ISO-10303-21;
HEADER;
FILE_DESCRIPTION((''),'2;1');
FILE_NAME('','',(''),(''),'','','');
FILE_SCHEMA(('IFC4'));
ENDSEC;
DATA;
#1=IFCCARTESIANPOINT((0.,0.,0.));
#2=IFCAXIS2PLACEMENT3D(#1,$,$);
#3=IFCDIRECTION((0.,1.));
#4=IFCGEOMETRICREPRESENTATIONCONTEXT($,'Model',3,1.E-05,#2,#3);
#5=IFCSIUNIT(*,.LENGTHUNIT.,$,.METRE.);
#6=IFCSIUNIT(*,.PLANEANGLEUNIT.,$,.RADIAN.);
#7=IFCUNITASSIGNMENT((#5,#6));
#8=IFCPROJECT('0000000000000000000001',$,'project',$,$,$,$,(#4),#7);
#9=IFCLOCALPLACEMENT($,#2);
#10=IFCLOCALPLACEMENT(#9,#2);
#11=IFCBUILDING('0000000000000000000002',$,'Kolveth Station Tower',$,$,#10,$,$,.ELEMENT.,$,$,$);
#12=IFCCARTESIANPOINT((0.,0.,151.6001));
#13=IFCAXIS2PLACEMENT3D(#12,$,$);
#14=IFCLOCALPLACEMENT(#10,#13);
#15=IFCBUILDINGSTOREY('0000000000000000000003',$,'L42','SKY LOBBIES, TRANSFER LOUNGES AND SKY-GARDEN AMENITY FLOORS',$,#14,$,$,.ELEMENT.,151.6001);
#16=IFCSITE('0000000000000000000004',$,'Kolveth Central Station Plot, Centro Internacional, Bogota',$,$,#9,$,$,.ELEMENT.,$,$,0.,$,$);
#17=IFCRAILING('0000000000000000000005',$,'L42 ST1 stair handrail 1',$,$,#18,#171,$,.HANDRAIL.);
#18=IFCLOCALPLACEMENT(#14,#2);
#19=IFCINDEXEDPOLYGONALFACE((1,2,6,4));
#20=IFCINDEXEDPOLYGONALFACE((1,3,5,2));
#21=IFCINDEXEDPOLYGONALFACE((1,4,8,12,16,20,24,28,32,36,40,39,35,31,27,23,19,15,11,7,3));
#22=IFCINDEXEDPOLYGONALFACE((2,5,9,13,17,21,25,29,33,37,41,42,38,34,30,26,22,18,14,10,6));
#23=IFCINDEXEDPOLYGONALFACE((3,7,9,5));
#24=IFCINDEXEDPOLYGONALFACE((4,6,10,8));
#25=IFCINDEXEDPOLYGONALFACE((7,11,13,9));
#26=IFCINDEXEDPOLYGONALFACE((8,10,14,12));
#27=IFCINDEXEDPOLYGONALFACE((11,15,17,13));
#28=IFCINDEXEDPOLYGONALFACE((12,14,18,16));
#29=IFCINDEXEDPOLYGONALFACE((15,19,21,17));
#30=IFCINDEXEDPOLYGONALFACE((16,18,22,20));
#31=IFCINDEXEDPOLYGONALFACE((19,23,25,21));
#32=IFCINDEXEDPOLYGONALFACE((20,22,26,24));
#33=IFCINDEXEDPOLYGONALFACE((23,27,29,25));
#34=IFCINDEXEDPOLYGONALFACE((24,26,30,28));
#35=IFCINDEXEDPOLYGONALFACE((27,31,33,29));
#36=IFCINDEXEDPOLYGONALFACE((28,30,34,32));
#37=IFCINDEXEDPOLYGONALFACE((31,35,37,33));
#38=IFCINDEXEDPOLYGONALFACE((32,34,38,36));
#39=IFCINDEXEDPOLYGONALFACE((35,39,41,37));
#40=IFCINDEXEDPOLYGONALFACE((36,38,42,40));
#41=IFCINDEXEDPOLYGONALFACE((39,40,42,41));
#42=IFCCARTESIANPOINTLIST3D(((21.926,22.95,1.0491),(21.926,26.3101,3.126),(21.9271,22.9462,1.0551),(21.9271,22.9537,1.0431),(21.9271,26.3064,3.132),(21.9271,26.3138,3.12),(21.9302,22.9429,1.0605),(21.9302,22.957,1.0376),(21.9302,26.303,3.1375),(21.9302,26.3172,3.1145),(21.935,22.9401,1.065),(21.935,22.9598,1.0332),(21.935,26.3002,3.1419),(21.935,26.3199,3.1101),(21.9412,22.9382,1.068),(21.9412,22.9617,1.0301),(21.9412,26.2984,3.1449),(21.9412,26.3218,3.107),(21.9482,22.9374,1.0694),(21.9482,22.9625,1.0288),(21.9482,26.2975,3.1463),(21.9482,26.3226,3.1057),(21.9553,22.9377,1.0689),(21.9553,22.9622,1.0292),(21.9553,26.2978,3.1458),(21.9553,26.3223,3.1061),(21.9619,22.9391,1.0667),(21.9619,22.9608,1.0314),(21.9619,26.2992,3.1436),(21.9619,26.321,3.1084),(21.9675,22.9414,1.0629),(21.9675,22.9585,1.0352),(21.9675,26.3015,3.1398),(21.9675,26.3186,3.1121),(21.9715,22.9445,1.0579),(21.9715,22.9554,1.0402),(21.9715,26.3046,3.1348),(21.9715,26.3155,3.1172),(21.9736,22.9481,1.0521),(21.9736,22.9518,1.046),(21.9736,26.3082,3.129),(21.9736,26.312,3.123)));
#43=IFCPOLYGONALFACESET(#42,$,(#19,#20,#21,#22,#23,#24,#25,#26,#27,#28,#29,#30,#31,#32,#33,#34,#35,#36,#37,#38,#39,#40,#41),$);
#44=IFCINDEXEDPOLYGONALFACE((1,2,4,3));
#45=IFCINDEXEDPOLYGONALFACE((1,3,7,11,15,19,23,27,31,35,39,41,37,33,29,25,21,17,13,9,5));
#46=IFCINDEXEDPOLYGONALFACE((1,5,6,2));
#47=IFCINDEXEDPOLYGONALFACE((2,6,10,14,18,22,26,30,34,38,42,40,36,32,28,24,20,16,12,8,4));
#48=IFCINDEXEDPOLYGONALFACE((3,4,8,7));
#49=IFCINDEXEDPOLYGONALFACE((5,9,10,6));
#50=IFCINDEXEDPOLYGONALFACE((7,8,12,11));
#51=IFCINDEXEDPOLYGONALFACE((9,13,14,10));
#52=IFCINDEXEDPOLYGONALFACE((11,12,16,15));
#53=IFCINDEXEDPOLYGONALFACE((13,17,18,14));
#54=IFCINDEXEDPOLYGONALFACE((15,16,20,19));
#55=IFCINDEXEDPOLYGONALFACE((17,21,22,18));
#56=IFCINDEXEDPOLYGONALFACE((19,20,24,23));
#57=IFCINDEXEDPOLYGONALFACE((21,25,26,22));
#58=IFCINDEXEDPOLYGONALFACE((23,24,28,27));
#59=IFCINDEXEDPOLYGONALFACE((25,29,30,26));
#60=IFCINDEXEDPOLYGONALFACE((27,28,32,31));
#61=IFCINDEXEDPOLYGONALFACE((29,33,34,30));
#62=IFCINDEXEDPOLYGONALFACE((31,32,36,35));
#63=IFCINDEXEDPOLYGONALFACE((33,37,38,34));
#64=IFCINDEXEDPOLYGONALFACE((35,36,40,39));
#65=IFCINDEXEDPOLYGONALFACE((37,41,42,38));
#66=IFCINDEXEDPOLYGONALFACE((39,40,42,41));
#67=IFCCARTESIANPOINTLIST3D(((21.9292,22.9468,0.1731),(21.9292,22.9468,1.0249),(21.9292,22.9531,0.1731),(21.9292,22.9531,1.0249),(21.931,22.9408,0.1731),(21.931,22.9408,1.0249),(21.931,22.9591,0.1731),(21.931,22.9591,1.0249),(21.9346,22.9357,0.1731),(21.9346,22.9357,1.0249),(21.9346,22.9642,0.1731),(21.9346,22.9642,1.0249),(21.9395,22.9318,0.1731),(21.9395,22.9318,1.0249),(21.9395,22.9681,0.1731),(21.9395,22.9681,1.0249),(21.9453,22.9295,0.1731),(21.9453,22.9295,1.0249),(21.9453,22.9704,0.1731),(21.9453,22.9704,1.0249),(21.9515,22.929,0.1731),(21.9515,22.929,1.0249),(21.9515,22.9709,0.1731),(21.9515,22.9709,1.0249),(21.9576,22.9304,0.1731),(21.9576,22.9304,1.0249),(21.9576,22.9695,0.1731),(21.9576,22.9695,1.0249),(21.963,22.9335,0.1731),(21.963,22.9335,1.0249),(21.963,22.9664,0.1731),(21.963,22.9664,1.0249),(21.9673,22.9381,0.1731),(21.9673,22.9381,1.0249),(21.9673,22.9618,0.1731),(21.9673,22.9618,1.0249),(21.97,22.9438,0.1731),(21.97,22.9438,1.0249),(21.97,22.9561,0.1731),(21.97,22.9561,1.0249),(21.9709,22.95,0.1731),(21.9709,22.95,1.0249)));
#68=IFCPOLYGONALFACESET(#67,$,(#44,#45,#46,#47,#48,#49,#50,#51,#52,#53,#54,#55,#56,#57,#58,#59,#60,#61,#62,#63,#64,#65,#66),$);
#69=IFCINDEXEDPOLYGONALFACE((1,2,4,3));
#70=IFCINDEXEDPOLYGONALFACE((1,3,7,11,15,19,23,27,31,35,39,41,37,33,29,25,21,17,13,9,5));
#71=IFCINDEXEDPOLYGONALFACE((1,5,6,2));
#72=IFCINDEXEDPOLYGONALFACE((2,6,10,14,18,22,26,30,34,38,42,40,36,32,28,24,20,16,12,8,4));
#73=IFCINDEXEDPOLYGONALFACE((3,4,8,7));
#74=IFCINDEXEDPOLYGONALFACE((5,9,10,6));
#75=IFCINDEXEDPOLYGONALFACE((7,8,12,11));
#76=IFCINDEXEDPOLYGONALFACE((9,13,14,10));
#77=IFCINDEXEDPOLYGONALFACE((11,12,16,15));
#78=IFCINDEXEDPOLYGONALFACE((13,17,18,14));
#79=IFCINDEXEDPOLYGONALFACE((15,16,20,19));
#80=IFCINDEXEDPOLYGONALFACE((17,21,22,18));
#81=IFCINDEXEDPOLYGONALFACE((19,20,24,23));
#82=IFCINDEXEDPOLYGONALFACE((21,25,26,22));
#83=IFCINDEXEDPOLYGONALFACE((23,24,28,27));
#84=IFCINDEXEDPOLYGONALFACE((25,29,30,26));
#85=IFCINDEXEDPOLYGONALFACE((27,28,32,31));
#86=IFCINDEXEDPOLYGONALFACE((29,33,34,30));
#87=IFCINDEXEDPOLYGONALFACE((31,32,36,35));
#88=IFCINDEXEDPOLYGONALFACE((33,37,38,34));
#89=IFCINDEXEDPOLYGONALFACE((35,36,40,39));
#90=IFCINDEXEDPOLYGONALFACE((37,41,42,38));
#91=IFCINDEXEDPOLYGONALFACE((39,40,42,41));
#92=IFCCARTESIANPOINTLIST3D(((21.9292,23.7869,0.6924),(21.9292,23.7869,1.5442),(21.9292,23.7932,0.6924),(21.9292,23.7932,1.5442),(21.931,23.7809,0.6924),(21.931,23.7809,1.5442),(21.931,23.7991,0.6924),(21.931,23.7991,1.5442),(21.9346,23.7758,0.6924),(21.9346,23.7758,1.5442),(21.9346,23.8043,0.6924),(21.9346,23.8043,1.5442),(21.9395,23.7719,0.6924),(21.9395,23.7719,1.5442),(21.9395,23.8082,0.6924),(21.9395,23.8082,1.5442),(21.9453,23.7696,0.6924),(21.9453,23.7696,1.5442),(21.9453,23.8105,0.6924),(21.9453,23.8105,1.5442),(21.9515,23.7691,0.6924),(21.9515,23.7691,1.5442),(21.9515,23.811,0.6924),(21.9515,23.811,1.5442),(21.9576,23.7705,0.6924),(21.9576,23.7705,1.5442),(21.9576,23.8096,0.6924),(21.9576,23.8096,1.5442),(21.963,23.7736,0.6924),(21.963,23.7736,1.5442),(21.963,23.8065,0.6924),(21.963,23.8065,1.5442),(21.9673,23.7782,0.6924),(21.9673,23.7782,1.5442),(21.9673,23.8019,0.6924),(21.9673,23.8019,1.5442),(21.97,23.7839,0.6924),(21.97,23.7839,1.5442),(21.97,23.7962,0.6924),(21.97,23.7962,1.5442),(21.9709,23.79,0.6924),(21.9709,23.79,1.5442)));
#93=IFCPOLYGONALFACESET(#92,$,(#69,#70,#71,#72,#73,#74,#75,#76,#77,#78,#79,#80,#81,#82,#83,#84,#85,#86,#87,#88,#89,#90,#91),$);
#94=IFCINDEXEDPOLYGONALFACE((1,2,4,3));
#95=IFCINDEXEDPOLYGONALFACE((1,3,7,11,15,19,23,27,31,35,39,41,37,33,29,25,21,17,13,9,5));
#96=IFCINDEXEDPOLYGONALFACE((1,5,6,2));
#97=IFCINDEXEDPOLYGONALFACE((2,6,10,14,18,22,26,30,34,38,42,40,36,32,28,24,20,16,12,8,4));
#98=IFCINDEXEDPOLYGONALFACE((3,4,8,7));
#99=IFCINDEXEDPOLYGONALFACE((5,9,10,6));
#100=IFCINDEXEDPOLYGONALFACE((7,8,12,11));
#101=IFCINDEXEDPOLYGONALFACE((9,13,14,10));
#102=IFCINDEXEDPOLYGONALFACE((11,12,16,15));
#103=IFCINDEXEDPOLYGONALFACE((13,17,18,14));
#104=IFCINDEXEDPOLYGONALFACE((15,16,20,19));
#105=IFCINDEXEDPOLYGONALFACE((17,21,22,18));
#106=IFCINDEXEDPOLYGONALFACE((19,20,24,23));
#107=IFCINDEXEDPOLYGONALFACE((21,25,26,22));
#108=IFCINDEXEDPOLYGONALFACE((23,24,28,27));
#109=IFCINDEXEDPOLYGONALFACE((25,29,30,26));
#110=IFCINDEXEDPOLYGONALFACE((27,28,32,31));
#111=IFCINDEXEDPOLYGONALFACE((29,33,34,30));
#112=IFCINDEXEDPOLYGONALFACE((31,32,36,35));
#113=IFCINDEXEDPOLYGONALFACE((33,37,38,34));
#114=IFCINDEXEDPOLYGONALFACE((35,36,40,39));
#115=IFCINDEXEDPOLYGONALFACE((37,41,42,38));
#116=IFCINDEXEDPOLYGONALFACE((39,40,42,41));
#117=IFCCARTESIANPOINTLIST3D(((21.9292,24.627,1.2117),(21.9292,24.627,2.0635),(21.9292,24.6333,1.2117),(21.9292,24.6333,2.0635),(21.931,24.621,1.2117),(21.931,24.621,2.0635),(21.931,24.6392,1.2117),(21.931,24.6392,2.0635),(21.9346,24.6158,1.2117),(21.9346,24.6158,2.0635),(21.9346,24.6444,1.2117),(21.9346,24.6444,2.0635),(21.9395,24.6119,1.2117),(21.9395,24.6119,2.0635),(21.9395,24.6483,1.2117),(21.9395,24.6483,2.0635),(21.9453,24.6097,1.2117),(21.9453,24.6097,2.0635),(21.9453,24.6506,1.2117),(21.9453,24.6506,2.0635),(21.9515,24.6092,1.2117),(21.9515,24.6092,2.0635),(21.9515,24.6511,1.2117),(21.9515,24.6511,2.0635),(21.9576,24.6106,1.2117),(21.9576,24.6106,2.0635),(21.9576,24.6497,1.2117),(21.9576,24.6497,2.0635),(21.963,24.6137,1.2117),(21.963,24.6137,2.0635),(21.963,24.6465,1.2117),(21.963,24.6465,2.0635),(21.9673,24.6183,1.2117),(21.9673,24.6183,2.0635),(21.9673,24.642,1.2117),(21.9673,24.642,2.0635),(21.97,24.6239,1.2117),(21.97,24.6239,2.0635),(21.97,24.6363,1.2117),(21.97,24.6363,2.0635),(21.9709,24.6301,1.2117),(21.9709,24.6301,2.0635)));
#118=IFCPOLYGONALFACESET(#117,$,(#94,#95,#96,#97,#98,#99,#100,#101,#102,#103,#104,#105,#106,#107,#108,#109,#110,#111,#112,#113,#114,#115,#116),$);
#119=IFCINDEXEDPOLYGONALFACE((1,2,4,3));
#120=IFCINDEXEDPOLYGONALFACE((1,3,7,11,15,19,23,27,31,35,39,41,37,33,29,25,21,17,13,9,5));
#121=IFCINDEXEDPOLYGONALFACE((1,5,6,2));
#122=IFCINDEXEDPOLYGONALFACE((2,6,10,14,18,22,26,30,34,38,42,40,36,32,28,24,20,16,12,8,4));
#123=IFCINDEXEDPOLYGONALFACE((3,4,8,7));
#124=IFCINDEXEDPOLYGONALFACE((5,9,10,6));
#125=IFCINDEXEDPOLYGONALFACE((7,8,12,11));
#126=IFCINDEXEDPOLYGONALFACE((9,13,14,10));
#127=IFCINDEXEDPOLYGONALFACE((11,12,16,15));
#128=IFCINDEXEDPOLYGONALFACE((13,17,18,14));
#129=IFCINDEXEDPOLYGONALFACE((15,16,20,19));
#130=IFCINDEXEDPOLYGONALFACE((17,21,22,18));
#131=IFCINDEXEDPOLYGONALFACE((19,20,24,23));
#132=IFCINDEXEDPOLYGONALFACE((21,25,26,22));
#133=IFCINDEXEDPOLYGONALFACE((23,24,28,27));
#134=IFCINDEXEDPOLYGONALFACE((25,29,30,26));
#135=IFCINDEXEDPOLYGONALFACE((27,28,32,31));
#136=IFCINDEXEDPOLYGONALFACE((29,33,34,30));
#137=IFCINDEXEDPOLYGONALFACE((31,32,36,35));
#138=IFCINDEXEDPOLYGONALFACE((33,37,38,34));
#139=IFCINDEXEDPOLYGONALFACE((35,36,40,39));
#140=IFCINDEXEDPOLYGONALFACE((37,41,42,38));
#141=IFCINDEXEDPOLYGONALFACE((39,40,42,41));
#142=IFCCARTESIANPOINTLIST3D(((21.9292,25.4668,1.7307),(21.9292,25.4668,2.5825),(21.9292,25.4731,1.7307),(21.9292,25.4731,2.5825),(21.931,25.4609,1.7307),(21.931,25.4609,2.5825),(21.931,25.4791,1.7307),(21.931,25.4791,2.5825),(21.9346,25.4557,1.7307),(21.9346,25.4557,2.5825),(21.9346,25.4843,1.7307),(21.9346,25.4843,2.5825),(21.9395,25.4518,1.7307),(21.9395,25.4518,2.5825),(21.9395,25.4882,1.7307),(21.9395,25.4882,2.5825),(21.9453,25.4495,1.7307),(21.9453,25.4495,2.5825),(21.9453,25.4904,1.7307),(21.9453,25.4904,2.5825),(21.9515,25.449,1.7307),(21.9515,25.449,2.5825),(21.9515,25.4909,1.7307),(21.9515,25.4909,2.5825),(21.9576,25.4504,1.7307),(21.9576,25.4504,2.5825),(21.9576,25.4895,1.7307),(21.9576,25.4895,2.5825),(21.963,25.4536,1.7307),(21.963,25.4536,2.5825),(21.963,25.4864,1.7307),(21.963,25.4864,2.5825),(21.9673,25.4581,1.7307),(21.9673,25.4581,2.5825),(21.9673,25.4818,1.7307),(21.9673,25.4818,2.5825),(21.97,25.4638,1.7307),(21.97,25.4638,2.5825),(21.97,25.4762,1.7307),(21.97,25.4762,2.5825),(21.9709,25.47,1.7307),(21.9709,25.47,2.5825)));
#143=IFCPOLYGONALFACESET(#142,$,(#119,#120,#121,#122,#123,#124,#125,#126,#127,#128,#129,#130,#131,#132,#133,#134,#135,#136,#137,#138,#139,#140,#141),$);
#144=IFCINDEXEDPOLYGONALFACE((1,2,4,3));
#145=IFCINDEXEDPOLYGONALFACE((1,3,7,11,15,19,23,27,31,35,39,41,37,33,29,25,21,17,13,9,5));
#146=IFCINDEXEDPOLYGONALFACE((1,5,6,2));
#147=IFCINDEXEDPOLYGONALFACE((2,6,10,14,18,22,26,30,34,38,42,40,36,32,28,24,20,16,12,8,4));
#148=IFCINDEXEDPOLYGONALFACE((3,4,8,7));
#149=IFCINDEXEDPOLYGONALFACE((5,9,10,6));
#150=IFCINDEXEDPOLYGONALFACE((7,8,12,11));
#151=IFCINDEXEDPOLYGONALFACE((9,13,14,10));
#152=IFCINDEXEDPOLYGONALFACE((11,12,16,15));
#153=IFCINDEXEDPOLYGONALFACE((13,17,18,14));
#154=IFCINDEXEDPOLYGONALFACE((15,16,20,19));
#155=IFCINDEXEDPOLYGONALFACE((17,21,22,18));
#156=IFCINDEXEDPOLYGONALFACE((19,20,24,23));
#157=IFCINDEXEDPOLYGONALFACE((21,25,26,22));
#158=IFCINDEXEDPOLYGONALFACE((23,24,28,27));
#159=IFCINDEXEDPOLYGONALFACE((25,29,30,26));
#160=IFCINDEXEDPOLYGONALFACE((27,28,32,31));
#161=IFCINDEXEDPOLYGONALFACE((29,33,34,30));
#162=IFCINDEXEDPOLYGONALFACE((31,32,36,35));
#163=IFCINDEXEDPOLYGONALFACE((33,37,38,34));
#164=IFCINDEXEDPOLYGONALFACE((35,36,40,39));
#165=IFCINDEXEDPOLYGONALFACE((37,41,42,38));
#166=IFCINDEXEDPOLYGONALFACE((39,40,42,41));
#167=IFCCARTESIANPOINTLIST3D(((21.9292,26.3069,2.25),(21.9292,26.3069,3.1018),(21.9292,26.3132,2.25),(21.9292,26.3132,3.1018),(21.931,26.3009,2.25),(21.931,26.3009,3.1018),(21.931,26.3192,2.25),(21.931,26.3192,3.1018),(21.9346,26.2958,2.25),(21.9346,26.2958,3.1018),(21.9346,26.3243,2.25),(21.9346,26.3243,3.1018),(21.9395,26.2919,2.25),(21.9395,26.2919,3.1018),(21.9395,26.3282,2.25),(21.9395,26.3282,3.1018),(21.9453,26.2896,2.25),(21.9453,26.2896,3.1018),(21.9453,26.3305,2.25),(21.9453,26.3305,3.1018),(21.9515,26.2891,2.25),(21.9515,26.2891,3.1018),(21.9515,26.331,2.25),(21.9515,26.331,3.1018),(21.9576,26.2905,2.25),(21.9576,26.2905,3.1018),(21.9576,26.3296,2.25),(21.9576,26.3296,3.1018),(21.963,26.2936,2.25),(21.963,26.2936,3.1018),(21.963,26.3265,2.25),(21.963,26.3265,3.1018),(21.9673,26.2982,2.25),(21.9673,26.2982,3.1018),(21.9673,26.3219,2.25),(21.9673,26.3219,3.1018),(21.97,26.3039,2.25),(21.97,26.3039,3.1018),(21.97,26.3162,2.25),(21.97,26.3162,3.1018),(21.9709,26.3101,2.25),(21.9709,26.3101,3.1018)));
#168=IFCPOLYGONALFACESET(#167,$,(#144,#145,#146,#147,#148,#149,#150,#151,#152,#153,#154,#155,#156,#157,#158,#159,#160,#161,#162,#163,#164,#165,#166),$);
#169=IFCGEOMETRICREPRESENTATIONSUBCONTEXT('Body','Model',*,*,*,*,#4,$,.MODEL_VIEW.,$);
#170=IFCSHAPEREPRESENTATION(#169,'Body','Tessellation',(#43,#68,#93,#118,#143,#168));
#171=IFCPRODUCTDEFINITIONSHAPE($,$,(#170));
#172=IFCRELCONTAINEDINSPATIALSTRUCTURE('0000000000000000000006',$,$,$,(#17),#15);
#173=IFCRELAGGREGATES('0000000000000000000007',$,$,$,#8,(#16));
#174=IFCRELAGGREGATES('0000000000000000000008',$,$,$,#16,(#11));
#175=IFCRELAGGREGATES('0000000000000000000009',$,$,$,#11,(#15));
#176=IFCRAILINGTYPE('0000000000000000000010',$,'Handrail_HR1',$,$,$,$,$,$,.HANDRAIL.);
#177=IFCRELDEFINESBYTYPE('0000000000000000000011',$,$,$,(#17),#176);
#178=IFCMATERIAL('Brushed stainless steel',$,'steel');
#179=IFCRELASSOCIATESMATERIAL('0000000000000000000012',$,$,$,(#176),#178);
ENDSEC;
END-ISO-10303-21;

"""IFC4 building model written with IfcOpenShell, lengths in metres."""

from ifc_helpers import new_model, si_unit, direction, frame, origin, origin_2d, place, context, subcontext, project, spatial, circle, extrude, material, type_object, element, save


model = new_model("IFC4")

# Units and contexts
model_context = context("Model", 3, precision=1e-05, world=origin(), true_north=direction((0.0, 1.0)))
body_context = subcontext(model_context, "Body", "Model", "MODEL_VIEW")
ifc_project = project(units=[si_unit("LENGTHUNIT", "METRE"), si_unit("PLANEANGLEUNIT", "RADIAN")], contexts=[model_context])

# Site, building, storey
site_placement = place(None, origin())
site = spatial("IfcSite", under=ifc_project, at=site_placement, Name="Kolveth Central Station Plot, Centro Internacional, Bogota", CompositionType="ELEMENT", RefElevation=0.0)
building_placement = place(site_placement, origin())
building = spatial("IfcBuilding", under=site, at=building_placement, Name="Kolveth Station Tower", CompositionType="ELEMENT")
storey_placement = place(building_placement, frame((0.0, 0.0, 151.6001)))
storey = spatial("IfcBuildingStorey", under=building, at=storey_placement, Name="L42", Description="SKY LOBBIES, TRANSFER LOUNGES AND SKY-GARDEN AMENITY FLOORS", CompositionType="ELEMENT", Elevation=151.6001)

# Railing
ifc_material_1 = material(Name="Brushed stainless steel", Category="steel")
railing_type_1 = type_object("IfcRailingType", Name="Handrail_HR1", PredefinedType="HANDRAIL", material=ifc_material_1)
for number, where, name in (
    (1, (21.95, 22.95, 0.1731), "L42 ST1 stair handrail 1"),
):
    element("IfcRailing", number, at=place(storey_placement, frame(where)), inside=storey, type_object=railing_type_1, Name=name, PredefinedType="HANDRAIL", context=body_context, shape_type="SweptSolid", body=[
        extrude(circle(Radius=0.0239, at=origin_2d()), frame((0.0, 0.0, 0.876), z_axis=(0.0, 0.850623, 0.525776), x_axis=(-1.0, 0.0, 0.0)), (0.0, 0.0, 1.0), 3.9502),
        extrude(circle(Radius=0.021, at=origin_2d()), origin(), (0.0, 0.0, 1.0), 0.8518),
        extrude(circle(Radius=0.021, at=origin_2d()), frame((0.0, 0.8401, 0.5193)), (0.0, 0.0, 1.0), 0.8518),
        extrude(circle(Radius=0.021, at=origin_2d()), frame((0.0, 1.6802, 1.0386)), (0.0, 0.0, 1.0), 0.8518),
        extrude(circle(Radius=0.021, at=origin_2d()), frame((0.0, 2.52, 1.5576)), (0.0, 0.0, 1.0), 0.8518),
        extrude(circle(Radius=0.021, at=origin_2d()), frame((0.0, 3.3601, 2.0769)), (0.0, 0.0, 1.0), 0.8518),
    ])

save(model, "model.ifc")
